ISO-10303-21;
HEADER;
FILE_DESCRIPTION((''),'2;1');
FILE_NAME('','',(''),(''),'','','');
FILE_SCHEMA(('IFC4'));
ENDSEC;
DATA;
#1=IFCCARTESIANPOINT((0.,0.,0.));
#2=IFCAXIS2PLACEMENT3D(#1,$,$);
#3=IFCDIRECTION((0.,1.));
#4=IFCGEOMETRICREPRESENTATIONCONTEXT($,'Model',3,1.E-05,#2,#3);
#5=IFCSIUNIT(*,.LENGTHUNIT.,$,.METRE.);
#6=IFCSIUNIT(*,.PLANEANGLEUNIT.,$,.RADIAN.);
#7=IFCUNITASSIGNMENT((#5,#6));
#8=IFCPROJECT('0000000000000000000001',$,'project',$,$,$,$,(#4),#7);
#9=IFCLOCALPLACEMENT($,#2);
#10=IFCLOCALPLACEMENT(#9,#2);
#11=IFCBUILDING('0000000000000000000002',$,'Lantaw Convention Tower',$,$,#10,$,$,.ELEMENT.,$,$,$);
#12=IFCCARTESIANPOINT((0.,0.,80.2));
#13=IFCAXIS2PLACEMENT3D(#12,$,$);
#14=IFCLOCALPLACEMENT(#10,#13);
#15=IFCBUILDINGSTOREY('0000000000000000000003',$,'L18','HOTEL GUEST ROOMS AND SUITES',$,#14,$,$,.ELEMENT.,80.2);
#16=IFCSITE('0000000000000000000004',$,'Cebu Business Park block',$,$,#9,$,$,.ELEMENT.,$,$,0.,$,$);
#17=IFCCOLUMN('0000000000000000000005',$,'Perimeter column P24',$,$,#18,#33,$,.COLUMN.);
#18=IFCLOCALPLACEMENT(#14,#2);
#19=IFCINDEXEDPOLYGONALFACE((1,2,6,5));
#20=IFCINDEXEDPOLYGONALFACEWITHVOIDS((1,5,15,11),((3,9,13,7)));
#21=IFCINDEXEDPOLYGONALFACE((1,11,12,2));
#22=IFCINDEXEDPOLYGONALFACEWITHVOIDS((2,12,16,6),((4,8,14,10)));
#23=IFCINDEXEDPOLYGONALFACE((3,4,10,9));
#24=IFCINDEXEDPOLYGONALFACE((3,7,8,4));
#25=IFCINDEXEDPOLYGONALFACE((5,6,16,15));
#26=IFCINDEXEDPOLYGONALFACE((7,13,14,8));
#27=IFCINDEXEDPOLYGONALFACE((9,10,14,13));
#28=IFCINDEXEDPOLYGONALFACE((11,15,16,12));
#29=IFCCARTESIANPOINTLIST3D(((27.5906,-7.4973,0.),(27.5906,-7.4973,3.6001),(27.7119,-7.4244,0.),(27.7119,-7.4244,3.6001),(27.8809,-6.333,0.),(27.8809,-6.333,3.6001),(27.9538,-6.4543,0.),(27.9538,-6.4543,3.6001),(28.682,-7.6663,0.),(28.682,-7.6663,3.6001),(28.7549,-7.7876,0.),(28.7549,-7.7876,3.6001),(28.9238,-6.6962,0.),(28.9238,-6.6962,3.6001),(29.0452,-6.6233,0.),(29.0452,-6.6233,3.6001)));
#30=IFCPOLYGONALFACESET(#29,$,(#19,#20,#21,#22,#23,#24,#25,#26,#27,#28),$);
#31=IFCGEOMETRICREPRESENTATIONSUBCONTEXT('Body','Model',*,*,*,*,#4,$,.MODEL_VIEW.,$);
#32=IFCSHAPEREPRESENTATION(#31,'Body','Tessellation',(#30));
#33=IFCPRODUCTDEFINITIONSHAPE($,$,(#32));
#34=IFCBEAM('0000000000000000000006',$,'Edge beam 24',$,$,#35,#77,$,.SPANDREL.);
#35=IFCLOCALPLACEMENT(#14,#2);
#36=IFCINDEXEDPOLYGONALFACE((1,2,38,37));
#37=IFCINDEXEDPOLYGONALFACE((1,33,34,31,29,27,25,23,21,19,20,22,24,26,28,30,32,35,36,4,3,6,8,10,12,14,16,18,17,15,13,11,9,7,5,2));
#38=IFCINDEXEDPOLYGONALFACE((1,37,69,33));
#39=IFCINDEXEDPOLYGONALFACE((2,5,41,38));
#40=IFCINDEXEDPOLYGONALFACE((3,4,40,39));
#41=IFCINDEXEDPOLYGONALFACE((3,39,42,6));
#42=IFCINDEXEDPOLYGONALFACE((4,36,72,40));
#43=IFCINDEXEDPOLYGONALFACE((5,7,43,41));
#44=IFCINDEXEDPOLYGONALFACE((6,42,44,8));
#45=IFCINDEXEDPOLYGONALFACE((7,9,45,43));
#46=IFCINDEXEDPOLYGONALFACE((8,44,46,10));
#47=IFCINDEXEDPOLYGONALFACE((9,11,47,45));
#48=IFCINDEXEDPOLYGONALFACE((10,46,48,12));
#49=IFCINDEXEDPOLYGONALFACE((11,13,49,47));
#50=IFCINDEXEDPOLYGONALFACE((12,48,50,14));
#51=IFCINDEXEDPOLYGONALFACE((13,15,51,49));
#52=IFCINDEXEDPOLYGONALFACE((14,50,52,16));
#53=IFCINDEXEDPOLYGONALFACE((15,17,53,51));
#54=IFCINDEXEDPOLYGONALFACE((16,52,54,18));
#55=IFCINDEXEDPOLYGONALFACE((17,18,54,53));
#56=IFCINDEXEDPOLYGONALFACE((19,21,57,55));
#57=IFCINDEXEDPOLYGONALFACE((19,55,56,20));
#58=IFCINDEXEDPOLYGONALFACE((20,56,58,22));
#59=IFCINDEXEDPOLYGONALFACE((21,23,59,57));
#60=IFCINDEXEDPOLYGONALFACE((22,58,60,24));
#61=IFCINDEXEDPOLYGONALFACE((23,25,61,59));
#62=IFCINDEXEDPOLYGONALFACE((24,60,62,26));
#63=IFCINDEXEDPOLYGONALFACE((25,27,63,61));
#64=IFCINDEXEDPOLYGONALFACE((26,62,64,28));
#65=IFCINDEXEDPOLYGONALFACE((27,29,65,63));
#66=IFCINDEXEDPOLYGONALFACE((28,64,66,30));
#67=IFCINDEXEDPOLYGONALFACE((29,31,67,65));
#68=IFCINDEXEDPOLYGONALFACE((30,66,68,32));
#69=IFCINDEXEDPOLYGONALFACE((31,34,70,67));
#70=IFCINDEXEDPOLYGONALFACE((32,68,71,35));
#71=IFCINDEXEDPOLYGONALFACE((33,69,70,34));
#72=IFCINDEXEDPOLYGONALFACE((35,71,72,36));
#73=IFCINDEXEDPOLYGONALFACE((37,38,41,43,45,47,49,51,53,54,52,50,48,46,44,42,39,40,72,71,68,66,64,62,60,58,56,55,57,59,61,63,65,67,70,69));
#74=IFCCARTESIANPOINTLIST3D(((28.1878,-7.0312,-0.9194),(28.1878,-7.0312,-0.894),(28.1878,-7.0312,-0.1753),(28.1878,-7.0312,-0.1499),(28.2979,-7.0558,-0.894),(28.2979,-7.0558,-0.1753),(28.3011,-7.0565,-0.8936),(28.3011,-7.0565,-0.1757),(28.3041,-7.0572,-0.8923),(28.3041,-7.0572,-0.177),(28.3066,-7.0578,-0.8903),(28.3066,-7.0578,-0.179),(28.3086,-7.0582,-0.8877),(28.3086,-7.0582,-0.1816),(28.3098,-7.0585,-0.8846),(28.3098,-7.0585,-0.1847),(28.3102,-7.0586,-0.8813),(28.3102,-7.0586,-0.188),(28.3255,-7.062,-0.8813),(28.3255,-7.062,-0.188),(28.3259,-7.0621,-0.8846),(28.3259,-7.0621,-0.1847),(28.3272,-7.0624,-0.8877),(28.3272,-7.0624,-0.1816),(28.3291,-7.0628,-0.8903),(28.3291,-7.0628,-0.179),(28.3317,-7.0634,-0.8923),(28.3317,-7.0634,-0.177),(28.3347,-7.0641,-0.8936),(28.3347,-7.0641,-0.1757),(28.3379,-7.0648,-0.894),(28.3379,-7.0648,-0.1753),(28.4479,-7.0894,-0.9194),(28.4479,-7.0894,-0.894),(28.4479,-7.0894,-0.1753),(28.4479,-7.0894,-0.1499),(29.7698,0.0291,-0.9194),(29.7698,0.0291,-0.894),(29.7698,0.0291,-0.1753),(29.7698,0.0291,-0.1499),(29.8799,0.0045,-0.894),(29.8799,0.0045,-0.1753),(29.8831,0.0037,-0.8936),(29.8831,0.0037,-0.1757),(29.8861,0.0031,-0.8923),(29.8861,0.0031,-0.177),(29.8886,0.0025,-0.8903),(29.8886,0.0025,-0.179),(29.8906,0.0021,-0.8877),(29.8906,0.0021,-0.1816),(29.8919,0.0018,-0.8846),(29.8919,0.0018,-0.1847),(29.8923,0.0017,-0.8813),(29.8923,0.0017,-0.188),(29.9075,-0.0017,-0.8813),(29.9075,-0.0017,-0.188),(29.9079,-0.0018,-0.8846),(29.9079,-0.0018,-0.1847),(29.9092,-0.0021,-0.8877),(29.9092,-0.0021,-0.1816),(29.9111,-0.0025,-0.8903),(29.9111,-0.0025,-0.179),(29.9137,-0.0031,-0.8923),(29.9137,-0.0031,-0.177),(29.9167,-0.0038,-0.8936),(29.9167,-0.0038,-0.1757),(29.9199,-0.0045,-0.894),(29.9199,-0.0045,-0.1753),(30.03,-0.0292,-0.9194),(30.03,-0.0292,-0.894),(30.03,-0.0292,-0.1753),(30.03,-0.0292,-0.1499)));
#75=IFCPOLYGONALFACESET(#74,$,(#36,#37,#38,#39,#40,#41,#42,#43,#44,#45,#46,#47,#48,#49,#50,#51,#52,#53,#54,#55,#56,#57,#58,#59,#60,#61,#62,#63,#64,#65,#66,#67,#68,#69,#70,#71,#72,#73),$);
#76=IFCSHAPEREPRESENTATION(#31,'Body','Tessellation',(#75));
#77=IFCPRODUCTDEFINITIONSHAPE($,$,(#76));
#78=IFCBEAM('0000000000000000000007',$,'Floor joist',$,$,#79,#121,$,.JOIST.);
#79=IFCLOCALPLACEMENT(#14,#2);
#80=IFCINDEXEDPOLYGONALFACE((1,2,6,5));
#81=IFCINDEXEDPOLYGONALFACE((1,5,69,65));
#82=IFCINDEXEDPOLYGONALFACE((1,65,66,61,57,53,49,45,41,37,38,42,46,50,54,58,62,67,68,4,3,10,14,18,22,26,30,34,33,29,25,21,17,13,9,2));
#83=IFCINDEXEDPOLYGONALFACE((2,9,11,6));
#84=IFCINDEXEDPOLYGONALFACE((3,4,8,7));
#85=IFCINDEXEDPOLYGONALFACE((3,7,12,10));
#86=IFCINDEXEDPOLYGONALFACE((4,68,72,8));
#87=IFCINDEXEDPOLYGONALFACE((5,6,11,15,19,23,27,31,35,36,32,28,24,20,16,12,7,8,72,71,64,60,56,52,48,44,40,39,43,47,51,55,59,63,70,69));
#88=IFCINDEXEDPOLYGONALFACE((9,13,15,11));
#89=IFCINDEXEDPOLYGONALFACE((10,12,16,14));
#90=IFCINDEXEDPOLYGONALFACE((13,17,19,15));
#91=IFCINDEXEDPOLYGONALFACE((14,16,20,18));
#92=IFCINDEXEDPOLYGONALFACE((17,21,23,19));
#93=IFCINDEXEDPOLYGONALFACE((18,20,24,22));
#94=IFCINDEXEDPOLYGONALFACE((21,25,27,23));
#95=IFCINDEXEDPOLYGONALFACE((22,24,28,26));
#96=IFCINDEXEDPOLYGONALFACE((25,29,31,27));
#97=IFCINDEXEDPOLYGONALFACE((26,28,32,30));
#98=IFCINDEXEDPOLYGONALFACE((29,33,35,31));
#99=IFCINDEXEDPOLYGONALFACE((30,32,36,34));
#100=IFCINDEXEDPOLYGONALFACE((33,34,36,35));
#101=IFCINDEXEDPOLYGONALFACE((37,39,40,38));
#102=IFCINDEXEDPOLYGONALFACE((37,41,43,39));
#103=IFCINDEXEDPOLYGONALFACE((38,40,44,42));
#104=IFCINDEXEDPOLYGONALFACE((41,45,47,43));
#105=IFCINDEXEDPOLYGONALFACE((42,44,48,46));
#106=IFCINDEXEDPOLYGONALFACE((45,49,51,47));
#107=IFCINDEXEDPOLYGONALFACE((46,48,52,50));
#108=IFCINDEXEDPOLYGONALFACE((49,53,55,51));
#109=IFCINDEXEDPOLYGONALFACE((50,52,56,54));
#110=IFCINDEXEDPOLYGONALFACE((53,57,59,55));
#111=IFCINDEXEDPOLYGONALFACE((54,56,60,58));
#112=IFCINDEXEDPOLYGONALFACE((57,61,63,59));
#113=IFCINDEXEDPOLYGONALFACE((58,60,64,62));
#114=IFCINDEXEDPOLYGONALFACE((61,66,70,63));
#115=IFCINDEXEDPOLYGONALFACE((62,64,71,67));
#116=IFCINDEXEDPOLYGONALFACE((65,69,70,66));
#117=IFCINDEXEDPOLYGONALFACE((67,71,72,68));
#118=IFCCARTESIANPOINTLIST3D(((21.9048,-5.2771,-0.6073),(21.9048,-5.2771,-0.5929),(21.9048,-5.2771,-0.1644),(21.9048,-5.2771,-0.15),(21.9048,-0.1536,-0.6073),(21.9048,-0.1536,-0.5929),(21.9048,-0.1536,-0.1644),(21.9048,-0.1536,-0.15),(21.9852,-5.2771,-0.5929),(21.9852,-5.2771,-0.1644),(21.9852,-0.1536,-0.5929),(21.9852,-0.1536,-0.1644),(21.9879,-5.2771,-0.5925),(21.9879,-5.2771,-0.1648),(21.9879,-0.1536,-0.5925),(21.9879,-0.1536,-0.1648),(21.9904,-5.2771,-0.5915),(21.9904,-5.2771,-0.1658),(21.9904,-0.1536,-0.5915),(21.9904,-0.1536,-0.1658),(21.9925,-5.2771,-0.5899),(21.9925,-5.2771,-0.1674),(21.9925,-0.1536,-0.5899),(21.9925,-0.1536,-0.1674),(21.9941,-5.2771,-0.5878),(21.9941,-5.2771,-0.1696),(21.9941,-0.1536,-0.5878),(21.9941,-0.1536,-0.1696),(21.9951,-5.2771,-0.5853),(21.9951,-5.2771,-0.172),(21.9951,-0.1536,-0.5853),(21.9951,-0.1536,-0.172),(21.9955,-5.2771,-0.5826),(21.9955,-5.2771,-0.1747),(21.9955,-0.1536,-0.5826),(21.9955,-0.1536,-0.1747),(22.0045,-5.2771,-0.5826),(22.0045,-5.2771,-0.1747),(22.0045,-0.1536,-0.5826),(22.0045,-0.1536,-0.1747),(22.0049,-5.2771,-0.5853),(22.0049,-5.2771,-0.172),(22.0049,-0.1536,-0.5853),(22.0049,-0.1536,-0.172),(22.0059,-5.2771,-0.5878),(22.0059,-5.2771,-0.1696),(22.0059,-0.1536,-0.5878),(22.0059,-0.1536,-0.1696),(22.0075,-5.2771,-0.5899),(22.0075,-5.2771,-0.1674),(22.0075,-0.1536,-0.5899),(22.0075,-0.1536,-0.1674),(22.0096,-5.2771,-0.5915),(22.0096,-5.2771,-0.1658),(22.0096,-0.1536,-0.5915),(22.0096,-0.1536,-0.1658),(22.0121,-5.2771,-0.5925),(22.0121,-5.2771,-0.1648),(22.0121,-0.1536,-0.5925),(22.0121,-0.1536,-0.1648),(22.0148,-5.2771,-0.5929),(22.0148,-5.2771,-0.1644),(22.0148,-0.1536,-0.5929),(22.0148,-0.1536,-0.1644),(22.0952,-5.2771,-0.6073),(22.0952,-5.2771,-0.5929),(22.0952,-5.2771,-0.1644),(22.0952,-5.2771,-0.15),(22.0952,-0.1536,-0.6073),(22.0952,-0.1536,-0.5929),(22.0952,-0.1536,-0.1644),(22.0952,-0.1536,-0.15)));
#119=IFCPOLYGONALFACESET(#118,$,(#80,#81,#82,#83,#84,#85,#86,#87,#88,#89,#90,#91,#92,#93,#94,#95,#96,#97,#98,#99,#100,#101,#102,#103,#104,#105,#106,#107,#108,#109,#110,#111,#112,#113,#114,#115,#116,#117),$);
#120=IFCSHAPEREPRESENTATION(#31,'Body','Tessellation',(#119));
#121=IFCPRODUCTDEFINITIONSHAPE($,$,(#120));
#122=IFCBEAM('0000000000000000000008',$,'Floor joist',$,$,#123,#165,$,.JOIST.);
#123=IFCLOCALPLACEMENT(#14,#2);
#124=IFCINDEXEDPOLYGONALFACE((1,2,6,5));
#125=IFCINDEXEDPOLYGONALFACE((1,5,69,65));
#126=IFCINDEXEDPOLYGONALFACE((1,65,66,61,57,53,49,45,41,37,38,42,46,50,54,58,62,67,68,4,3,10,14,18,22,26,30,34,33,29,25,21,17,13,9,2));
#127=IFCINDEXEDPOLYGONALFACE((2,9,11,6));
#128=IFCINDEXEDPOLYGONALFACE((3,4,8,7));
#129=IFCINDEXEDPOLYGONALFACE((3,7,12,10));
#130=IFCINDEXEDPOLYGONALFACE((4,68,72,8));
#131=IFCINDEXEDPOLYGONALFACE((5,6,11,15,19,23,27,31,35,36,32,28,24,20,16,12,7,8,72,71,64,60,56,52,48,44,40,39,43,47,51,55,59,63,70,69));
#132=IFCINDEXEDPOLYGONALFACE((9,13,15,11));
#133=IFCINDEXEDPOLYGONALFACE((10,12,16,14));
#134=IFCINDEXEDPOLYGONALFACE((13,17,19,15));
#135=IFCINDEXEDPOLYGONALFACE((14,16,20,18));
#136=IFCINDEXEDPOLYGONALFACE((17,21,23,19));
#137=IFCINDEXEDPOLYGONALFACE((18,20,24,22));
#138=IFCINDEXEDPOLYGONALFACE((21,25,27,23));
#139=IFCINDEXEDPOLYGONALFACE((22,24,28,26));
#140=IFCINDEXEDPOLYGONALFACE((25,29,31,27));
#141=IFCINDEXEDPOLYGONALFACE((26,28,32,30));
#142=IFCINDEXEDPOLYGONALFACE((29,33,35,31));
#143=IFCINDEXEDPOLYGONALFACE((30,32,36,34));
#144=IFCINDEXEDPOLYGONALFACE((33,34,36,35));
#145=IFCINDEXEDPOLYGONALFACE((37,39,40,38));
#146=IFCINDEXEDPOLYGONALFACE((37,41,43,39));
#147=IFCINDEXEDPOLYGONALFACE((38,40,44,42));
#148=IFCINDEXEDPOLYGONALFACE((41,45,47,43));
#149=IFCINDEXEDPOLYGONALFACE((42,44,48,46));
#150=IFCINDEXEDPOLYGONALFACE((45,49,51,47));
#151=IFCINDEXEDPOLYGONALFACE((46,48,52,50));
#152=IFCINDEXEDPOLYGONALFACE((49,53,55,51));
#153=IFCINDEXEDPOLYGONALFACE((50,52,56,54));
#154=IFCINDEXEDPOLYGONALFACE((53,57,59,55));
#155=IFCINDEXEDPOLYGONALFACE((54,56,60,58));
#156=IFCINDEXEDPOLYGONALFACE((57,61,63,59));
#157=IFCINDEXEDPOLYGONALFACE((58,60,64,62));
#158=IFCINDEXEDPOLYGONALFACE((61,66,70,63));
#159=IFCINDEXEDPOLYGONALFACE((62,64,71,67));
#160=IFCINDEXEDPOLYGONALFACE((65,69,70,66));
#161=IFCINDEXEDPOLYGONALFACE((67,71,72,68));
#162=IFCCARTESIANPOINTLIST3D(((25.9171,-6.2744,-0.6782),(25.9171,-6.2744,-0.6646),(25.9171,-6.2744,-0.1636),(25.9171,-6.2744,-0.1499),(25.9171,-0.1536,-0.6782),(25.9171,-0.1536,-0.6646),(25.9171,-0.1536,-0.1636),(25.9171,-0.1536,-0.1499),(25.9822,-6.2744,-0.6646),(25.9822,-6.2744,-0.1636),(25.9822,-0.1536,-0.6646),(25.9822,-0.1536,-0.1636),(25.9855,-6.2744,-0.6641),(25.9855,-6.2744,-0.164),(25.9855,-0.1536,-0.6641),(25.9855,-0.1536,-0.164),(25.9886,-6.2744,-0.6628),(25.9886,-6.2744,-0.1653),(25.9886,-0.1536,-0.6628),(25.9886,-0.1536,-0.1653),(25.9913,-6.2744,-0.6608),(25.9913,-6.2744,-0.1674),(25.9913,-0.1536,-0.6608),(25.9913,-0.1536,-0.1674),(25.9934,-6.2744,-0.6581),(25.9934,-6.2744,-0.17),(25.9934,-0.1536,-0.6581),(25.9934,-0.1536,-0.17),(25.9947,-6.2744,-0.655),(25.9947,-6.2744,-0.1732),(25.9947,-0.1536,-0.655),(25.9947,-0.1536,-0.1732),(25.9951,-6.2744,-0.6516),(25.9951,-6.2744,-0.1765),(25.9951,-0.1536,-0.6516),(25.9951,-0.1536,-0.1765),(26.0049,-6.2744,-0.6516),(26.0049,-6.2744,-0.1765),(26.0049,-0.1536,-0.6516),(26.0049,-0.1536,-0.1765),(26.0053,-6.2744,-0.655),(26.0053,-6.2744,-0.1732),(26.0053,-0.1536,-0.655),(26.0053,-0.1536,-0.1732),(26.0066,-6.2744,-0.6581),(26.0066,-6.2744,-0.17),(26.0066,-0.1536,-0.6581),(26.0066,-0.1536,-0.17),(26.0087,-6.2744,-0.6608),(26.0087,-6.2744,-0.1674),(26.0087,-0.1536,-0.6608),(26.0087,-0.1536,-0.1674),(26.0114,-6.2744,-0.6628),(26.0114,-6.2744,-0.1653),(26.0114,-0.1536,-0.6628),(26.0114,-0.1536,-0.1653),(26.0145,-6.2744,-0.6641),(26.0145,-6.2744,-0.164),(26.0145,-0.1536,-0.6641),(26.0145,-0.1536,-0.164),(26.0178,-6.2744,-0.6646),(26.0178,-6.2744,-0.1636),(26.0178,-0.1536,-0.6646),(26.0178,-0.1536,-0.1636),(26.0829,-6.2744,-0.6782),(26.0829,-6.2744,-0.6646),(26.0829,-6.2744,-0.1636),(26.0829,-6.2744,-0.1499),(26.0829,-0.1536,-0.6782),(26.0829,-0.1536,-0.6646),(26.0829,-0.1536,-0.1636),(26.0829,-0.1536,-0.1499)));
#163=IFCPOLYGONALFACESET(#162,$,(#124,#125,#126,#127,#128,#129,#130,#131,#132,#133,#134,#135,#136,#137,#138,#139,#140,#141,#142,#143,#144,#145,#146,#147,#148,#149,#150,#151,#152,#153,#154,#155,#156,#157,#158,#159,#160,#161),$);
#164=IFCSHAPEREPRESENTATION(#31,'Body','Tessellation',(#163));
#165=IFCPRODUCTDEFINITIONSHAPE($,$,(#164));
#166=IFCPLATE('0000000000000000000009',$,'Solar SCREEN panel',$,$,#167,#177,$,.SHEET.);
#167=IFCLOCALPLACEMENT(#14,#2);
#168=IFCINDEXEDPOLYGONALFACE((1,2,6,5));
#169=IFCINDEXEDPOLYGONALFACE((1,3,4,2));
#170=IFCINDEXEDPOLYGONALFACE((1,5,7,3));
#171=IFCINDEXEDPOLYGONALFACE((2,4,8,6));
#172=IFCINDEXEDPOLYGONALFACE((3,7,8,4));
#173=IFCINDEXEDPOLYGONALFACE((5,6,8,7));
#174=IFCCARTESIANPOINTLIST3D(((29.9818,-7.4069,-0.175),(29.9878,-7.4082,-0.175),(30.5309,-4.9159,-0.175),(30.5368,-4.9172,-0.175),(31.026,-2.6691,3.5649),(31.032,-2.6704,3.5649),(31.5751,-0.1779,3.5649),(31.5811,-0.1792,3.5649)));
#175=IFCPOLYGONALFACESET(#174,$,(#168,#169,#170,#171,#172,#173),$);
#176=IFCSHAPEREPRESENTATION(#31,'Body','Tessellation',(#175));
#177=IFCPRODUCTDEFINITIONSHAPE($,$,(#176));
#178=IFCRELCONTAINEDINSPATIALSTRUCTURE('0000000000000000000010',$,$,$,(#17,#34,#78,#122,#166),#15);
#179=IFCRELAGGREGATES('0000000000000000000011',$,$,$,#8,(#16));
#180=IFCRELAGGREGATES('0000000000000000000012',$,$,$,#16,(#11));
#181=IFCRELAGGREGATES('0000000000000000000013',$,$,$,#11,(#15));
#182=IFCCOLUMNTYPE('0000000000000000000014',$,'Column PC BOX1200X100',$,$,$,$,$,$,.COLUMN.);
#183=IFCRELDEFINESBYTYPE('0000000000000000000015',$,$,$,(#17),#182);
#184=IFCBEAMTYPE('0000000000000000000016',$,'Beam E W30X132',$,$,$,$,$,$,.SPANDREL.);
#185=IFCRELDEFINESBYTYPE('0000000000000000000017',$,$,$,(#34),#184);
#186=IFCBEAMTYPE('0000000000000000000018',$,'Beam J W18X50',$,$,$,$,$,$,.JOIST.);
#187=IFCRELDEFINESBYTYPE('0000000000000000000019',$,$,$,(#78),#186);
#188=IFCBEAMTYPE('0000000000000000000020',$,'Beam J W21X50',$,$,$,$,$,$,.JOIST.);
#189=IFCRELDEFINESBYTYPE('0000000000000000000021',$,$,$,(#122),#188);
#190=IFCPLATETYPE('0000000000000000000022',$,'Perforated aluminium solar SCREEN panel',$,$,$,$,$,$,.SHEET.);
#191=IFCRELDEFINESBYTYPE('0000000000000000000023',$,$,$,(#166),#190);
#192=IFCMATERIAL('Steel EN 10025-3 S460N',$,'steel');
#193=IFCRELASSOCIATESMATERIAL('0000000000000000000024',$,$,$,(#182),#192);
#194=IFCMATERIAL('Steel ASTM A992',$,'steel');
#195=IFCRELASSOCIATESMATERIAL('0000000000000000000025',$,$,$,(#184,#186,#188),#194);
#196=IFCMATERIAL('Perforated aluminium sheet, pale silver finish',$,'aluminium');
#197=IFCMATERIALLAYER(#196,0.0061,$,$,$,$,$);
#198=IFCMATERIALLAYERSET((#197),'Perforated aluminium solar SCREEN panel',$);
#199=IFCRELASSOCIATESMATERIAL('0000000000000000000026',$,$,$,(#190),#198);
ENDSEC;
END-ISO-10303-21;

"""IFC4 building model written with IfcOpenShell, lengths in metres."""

from ifc_helpers import new_model, si_unit, direction, frame, origin, origin_2d, place, context, subcontext, project, spatial, polyline, rectangle, hollow_rectangle, i_section, outline, extrude, material, layer, layer_set, material_profile, profile_set, type_object, element, save


model = new_model("IFC4")

# Units and contexts
model_context = context("Model", 3, precision=1e-05, world=origin(), true_north=direction((0.0, 1.0)))
body_context = subcontext(model_context, "Body", "Model", "MODEL_VIEW")
ifc_project = project(units=[si_unit("LENGTHUNIT", "METRE"), si_unit("PLANEANGLEUNIT", "RADIAN")], contexts=[model_context])

# Site, building, storey
site_placement = place(None, origin())
site = spatial("IfcSite", under=ifc_project, at=site_placement, Name="Cebu Business Park block", CompositionType="ELEMENT", RefElevation=0.0)
building_placement = place(site_placement, origin())
building = spatial("IfcBuilding", under=site, at=building_placement, Name="Lantaw Convention Tower", CompositionType="ELEMENT")
storey_placement = place(building_placement, frame((0.0, 0.0, 80.2)))
storey = spatial("IfcBuildingStorey", under=building, at=storey_placement, Name="L18", Description="HOTEL GUEST ROOMS AND SUITES", CompositionType="ELEMENT", Elevation=80.2)

# Column
ifc_material_1 = material(Name="Steel EN 10025-3 S460N", Category="steel")
ifc_material_profile_1 = material_profile(ifc_material_1, hollow_rectangle(XDim=1.2, YDim=1.2, WallThickness=0.1001, at=origin_2d()), Name="BOX1200X100")
ifc_material_2 = material(Name="Concrete C60/75", Category="concrete")
ifc_material_profile_2 = material_profile(ifc_material_2, rectangle(XDim=1.0, YDim=1.0, at=origin_2d()), Name="Concrete fill of BOX1200X100")
ifc_profile_set_1 = profile_set([ifc_material_profile_1, ifc_material_profile_2], Name="Steel EN 10025-3 S460N")
column_type = type_object("IfcColumnType", Name="Column PC BOX1200X100", PredefinedType="COLUMN", material=ifc_profile_set_1)
column_placement = place(storey_placement, frame((28.3179, -7.0603, 0.0), z_axis=(0.0, 0.0, 1.0), x_axis=(0.241922, 0.970296, 0.0)))
element("IfcColumn", 1, at=column_placement, inside=storey, type_object=column_type, Name="Perimeter column P24", PredefinedType="COLUMN", context=body_context, shape_type="SweptSolid", body=[
    extrude(hollow_rectangle(XDim=1.2, YDim=1.2, WallThickness=0.1001, at=origin_2d()), origin(), (0.0, 0.0, 1.0), 3.6001),
])

# Beams
ifc_material_3 = material(Name="Steel ASTM A992", Category="steel")
ifc_material_profile_3 = material_profile(ifc_material_3, i_section(OverallWidth=0.2666, OverallDepth=0.7695, WebThickness=0.0156, FlangeThickness=0.0254, FilletRadius=0.0127, at=origin_2d()), Name="W30X132")
ifc_profile_set_2 = profile_set([ifc_material_profile_3], Name="Steel ASTM A992")
beam_type_1 = type_object("IfcBeamType", Name="Beam E W30X132", PredefinedType="SPANDREL", material=ifc_profile_set_2)
beam_1_placement = place(storey_placement, frame((28.3179, -7.0603, -0.5347), z_axis=(0.218652, 0.975803, 0.0), x_axis=(-0.975803, 0.218652, 0.0)))
element("IfcBeam", 2, at=beam_1_placement, inside=storey, type_object=beam_type_1, Name="Edge beam 24", PredefinedType="SPANDREL", context=body_context, shape_type="SweptSolid", body=[
    extrude(i_section(OverallWidth=0.2666, OverallDepth=0.7695, WebThickness=0.0156, FlangeThickness=0.0254, FilletRadius=0.0127, at=origin_2d()), origin(), (0.0, 0.0, 1.0), 7.2354),
])
ifc_material_profile_4 = material_profile(ifc_material_3, i_section(OverallWidth=0.1904, OverallDepth=0.4573, WebThickness=0.009, FlangeThickness=0.0144, FilletRadius=0.0103, at=origin_2d()), Name="W18X50")
ifc_profile_set_3 = profile_set([ifc_material_profile_4], Name="Steel ASTM A992")
beam_type_2 = type_object("IfcBeamType", Name="Beam J W18X50", PredefinedType="JOIST", material=ifc_profile_set_3)
beam_2_placement = place(storey_placement, frame((22.0, -5.2771, -0.3787), z_axis=(0.0, 1.0, 0.0), x_axis=(-1.0, 0.0, 0.0)))
element("IfcBeam", 3, at=beam_2_placement, inside=storey, type_object=beam_type_2, Name="Floor joist", PredefinedType="JOIST", context=body_context, shape_type="SweptSolid", body=[
    extrude(i_section(OverallWidth=0.1904, OverallDepth=0.4573, WebThickness=0.009, FlangeThickness=0.0144, FilletRadius=0.0103, at=origin_2d()), origin(), (0.0, 0.0, 1.0), 5.1235),
])
ifc_material_profile_5 = material_profile(ifc_material_3, i_section(OverallWidth=0.1658, OverallDepth=0.5283, WebThickness=0.0098, FlangeThickness=0.0137, FilletRadius=0.0129, at=origin_2d()), Name="W21X50")
ifc_profile_set_4 = profile_set([ifc_material_profile_5], Name="Steel ASTM A992")
beam_type_3 = type_object("IfcBeamType", Name="Beam J W21X50", PredefinedType="JOIST", material=ifc_profile_set_4)
beam_3_placement = place(storey_placement, frame((26.0, -6.2744, -0.4141), z_axis=(0.0, 1.0, 0.0), x_axis=(-1.0, 0.0, 0.0)))
element("IfcBeam", 4, at=beam_3_placement, inside=storey, type_object=beam_type_3, Name="Floor joist", PredefinedType="JOIST", context=body_context, shape_type="SweptSolid", body=[
    extrude(i_section(OverallWidth=0.1658, OverallDepth=0.5283, WebThickness=0.0098, FlangeThickness=0.0137, FilletRadius=0.0129, at=origin_2d()), origin(), (0.0, 0.0, 1.0), 6.1208),
])

# Plate
ifc_material_4 = material(Name="Perforated aluminium sheet, pale silver finish", Category="aluminium")
ifc_layer_1 = layer(ifc_material_4, 0.0061)
ifc_layer_set_1 = layer_set([ifc_layer_1], Name="Perforated aluminium solar SCREEN panel")
plate_type = type_object("IfcPlateType", Name="Perforated aluminium solar SCREEN panel", PredefinedType="SHEET", material=ifc_layer_set_1)
plate_placement = place(storey_placement, frame((29.9878, -7.4082, -0.175), z_axis=(0.976559, -0.215248, 0.00003), x_axis=(0.215248, 0.976559, 0.0)))
element("IfcPlate", 5, at=plate_placement, inside=storey, type_object=plate_type, Name="Solar SCREEN panel", PredefinedType="SHEET", context=body_context, shape_type="SweptSolid", body=[
    extrude(outline(polyline([(0.0, 0.0), (2.5508, 0.0), (7.4025, 3.74), (4.8515, 3.74), (0.0, 0.0)])), origin(), (0.0, 0.0, -1.0), 0.0061),
])

save(model, "model.ifc")
